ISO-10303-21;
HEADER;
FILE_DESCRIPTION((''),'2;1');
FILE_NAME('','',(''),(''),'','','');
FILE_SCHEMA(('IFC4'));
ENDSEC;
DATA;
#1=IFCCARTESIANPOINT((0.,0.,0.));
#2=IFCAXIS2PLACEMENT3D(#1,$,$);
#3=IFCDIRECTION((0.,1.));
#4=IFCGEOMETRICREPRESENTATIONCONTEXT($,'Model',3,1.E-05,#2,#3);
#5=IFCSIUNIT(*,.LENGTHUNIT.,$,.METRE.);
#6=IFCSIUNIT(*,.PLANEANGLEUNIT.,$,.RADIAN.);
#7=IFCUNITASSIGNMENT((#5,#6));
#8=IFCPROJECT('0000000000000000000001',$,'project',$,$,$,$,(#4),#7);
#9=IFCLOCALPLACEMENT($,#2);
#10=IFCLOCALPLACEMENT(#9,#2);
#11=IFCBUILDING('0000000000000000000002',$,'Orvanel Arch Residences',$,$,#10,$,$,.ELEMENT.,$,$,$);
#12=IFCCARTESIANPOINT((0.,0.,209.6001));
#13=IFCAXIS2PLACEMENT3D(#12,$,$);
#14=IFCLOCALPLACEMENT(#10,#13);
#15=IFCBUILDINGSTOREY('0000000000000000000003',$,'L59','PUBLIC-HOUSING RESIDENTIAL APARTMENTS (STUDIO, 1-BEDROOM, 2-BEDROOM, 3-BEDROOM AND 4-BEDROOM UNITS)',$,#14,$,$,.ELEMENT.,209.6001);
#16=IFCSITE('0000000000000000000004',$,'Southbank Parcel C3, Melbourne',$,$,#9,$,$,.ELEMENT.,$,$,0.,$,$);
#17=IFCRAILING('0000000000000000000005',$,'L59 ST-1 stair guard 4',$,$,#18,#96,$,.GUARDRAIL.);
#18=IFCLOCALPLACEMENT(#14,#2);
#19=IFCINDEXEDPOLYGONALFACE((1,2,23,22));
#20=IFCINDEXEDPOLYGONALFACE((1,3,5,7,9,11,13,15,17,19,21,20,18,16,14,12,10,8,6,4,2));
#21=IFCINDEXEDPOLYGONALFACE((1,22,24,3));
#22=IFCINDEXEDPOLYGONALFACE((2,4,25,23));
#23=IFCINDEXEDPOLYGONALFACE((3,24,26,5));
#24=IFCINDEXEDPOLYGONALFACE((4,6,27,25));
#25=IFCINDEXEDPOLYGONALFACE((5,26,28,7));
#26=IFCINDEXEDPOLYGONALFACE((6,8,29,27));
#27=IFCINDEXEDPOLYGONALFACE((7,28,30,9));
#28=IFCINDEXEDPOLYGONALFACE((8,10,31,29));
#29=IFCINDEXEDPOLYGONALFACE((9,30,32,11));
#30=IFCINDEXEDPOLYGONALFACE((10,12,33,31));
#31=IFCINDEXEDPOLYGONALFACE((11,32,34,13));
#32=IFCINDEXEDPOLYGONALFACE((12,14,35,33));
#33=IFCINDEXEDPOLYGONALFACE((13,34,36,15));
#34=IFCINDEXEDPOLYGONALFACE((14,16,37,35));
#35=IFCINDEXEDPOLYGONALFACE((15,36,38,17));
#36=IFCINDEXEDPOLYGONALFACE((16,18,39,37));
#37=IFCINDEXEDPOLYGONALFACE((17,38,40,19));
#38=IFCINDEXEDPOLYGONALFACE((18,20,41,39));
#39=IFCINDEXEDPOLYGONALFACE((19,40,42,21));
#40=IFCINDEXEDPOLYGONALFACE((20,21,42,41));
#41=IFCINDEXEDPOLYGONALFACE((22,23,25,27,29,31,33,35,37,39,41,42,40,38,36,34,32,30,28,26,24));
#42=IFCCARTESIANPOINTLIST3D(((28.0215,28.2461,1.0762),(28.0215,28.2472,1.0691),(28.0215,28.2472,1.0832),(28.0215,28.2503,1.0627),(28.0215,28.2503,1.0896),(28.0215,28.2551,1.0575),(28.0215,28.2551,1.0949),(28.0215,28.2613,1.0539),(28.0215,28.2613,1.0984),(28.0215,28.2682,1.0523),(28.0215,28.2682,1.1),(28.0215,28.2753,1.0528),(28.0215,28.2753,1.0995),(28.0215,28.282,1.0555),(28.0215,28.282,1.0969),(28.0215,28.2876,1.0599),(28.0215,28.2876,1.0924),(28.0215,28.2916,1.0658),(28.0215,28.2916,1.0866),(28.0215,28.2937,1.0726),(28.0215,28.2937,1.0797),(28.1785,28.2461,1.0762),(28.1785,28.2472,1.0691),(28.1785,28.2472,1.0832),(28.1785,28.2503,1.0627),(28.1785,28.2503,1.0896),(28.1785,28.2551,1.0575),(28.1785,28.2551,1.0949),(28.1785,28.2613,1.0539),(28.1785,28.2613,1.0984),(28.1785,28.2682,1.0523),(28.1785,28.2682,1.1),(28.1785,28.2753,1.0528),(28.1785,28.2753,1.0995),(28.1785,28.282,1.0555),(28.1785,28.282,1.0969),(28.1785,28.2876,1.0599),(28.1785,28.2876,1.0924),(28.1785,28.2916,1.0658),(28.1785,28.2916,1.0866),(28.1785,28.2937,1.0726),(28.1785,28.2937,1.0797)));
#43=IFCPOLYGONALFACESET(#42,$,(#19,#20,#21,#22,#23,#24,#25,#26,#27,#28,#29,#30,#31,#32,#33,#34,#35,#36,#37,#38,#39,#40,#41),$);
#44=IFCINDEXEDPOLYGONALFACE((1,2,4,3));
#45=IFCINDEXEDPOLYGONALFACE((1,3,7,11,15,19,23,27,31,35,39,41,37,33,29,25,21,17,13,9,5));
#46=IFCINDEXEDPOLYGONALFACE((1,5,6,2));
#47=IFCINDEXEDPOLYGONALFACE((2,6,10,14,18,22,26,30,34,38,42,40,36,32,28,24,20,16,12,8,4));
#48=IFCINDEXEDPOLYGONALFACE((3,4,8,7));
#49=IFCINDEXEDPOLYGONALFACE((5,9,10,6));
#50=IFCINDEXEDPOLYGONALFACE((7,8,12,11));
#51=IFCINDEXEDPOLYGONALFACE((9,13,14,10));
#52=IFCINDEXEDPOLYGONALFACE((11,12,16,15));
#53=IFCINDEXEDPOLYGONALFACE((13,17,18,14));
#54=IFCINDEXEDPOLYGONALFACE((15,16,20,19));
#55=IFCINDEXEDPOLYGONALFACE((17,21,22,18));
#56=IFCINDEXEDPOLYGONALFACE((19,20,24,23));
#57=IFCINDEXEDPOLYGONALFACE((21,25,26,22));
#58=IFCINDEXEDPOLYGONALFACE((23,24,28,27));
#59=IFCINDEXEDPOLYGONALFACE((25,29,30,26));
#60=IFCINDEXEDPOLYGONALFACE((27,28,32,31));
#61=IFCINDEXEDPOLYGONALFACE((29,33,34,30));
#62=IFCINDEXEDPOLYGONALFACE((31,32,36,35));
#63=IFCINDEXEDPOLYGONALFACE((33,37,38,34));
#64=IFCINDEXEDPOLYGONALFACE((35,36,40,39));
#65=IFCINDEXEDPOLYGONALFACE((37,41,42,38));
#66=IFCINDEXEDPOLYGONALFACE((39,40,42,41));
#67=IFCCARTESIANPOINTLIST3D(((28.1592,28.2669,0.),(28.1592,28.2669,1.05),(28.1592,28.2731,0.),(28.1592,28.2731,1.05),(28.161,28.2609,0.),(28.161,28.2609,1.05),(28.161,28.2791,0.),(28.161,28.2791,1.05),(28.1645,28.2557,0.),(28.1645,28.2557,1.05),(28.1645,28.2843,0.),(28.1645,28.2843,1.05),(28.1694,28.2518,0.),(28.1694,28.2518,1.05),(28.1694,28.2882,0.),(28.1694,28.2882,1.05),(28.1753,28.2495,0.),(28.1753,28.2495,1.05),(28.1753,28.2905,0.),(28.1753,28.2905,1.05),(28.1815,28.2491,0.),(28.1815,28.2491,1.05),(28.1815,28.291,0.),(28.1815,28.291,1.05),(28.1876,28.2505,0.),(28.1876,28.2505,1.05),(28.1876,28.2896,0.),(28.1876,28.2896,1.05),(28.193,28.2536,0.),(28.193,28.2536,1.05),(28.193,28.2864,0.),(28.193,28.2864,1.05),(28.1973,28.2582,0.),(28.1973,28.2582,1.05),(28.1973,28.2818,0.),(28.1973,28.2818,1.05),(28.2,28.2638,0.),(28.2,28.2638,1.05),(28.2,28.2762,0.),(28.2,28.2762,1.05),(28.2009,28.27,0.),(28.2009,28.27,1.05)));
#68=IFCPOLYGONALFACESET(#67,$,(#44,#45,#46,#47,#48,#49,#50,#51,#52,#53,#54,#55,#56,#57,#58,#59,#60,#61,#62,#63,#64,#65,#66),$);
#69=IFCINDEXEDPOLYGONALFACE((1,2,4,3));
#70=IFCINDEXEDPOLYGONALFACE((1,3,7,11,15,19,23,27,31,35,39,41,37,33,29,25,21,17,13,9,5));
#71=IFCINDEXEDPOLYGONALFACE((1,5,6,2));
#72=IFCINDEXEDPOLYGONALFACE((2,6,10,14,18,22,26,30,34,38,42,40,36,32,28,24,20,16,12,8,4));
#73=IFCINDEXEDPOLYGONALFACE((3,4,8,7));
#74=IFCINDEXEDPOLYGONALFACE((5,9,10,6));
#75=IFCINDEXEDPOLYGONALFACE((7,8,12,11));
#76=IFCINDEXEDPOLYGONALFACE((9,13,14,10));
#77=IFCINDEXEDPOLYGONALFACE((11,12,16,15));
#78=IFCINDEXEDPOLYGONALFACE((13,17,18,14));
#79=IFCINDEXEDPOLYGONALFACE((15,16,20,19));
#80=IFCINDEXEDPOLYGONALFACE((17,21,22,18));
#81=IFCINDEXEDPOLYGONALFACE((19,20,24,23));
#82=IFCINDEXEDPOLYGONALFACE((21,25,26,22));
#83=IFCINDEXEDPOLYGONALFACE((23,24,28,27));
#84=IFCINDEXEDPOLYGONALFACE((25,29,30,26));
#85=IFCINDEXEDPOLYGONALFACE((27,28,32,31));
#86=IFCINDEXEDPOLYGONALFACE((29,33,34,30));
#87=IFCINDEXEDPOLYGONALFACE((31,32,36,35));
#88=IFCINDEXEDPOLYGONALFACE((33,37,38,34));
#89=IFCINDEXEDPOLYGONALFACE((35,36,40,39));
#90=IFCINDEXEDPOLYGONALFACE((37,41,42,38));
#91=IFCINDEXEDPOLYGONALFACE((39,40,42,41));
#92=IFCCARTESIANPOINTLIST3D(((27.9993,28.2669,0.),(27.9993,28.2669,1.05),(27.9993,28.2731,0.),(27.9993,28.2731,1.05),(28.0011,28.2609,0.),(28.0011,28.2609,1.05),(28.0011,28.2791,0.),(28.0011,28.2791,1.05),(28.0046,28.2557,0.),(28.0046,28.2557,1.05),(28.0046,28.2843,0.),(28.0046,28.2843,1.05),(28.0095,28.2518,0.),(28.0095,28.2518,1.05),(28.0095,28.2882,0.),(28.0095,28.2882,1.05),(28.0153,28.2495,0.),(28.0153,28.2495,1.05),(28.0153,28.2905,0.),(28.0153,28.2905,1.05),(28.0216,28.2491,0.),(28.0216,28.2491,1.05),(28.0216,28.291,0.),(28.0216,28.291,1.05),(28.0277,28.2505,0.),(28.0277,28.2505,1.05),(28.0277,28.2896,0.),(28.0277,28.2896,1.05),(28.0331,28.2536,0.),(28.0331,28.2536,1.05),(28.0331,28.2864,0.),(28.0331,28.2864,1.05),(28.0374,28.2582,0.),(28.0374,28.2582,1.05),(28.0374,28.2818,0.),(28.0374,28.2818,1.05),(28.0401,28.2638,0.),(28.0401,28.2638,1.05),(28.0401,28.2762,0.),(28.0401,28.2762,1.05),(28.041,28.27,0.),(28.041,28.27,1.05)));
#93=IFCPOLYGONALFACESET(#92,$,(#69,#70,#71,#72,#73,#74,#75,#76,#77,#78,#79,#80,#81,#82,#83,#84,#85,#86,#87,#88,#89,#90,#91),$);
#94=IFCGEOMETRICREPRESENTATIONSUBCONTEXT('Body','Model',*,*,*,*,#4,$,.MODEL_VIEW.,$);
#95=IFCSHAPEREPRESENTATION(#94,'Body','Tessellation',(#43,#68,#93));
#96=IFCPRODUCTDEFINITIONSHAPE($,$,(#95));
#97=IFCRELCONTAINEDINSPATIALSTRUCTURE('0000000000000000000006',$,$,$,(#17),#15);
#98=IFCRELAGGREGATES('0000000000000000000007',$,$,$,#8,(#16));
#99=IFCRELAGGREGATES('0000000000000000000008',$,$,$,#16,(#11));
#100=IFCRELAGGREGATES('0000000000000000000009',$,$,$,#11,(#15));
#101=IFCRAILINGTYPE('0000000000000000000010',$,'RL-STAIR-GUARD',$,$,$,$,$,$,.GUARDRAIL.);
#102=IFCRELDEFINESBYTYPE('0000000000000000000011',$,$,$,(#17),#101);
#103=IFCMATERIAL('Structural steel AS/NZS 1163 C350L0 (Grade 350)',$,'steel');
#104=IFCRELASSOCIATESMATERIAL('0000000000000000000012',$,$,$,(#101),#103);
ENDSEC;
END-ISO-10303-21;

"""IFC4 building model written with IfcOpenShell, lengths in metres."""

from ifc_helpers import new_model, si_unit, direction, frame, origin, origin_2d, place, context, subcontext, project, spatial, circle, extrude, material, type_object, element, save


model = new_model("IFC4")

# Units and contexts
model_context = context("Model", 3, precision=1e-05, world=origin(), true_north=direction((0.0, 1.0)))
body_context = subcontext(model_context, "Body", "Model", "MODEL_VIEW")
ifc_project = project(units=[si_unit("LENGTHUNIT", "METRE"), si_unit("PLANEANGLEUNIT", "RADIAN")], contexts=[model_context])

# Site, building, storey
site_placement = place(None, origin())
site = spatial("IfcSite", under=ifc_project, at=site_placement, Name="Southbank Parcel C3, Melbourne", CompositionType="ELEMENT", RefElevation=0.0)
building_placement = place(site_placement, origin())
building = spatial("IfcBuilding", under=site, at=building_placement, Name="Orvanel Arch Residences", CompositionType="ELEMENT")
storey_placement = place(building_placement, frame((0.0, 0.0, 209.6001)))
storey = spatial("IfcBuildingStorey", under=building, at=storey_placement, Name="L59", Description="PUBLIC-HOUSING RESIDENTIAL APARTMENTS (STUDIO, 1-BEDROOM, 2-BEDROOM, 3-BEDROOM AND 4-BEDROOM UNITS)", CompositionType="ELEMENT", Elevation=209.6001)

# Railing
ifc_material_1 = material(Name="Structural steel AS/NZS 1163 C350L0 (Grade 350)", Category="steel")
railing_type_1 = type_object("IfcRailingType", Name="RL-STAIR-GUARD", PredefinedType="GUARDRAIL", material=ifc_material_1)
railing_1_placement = place(storey_placement, frame((28.1799, 28.27, 0.0)))
element("IfcRailing", 1, at=railing_1_placement, inside=storey, type_object=railing_type_1, Name="L59 ST-1 stair guard 4", PredefinedType="GUARDRAIL", context=body_context, shape_type="SweptSolid", body=[
    extrude(circle(Radius=0.0239, at=origin_2d()), frame((-0.0015, 0.0, 1.0762), z_axis=(-1.0, 0.0, 0.0), x_axis=(0.0, -1.0, 0.0)), (0.0, 0.0, 1.0), 0.157),
    extrude(circle(Radius=0.021, at=origin_2d()), origin(), (0.0, 0.0, 1.0), 1.05),
    extrude(circle(Radius=0.021, at=origin_2d()), frame((-0.1599, 0.0, 0.0)), (0.0, 0.0, 1.0), 1.05),
])

save(model, "model.ifc")
